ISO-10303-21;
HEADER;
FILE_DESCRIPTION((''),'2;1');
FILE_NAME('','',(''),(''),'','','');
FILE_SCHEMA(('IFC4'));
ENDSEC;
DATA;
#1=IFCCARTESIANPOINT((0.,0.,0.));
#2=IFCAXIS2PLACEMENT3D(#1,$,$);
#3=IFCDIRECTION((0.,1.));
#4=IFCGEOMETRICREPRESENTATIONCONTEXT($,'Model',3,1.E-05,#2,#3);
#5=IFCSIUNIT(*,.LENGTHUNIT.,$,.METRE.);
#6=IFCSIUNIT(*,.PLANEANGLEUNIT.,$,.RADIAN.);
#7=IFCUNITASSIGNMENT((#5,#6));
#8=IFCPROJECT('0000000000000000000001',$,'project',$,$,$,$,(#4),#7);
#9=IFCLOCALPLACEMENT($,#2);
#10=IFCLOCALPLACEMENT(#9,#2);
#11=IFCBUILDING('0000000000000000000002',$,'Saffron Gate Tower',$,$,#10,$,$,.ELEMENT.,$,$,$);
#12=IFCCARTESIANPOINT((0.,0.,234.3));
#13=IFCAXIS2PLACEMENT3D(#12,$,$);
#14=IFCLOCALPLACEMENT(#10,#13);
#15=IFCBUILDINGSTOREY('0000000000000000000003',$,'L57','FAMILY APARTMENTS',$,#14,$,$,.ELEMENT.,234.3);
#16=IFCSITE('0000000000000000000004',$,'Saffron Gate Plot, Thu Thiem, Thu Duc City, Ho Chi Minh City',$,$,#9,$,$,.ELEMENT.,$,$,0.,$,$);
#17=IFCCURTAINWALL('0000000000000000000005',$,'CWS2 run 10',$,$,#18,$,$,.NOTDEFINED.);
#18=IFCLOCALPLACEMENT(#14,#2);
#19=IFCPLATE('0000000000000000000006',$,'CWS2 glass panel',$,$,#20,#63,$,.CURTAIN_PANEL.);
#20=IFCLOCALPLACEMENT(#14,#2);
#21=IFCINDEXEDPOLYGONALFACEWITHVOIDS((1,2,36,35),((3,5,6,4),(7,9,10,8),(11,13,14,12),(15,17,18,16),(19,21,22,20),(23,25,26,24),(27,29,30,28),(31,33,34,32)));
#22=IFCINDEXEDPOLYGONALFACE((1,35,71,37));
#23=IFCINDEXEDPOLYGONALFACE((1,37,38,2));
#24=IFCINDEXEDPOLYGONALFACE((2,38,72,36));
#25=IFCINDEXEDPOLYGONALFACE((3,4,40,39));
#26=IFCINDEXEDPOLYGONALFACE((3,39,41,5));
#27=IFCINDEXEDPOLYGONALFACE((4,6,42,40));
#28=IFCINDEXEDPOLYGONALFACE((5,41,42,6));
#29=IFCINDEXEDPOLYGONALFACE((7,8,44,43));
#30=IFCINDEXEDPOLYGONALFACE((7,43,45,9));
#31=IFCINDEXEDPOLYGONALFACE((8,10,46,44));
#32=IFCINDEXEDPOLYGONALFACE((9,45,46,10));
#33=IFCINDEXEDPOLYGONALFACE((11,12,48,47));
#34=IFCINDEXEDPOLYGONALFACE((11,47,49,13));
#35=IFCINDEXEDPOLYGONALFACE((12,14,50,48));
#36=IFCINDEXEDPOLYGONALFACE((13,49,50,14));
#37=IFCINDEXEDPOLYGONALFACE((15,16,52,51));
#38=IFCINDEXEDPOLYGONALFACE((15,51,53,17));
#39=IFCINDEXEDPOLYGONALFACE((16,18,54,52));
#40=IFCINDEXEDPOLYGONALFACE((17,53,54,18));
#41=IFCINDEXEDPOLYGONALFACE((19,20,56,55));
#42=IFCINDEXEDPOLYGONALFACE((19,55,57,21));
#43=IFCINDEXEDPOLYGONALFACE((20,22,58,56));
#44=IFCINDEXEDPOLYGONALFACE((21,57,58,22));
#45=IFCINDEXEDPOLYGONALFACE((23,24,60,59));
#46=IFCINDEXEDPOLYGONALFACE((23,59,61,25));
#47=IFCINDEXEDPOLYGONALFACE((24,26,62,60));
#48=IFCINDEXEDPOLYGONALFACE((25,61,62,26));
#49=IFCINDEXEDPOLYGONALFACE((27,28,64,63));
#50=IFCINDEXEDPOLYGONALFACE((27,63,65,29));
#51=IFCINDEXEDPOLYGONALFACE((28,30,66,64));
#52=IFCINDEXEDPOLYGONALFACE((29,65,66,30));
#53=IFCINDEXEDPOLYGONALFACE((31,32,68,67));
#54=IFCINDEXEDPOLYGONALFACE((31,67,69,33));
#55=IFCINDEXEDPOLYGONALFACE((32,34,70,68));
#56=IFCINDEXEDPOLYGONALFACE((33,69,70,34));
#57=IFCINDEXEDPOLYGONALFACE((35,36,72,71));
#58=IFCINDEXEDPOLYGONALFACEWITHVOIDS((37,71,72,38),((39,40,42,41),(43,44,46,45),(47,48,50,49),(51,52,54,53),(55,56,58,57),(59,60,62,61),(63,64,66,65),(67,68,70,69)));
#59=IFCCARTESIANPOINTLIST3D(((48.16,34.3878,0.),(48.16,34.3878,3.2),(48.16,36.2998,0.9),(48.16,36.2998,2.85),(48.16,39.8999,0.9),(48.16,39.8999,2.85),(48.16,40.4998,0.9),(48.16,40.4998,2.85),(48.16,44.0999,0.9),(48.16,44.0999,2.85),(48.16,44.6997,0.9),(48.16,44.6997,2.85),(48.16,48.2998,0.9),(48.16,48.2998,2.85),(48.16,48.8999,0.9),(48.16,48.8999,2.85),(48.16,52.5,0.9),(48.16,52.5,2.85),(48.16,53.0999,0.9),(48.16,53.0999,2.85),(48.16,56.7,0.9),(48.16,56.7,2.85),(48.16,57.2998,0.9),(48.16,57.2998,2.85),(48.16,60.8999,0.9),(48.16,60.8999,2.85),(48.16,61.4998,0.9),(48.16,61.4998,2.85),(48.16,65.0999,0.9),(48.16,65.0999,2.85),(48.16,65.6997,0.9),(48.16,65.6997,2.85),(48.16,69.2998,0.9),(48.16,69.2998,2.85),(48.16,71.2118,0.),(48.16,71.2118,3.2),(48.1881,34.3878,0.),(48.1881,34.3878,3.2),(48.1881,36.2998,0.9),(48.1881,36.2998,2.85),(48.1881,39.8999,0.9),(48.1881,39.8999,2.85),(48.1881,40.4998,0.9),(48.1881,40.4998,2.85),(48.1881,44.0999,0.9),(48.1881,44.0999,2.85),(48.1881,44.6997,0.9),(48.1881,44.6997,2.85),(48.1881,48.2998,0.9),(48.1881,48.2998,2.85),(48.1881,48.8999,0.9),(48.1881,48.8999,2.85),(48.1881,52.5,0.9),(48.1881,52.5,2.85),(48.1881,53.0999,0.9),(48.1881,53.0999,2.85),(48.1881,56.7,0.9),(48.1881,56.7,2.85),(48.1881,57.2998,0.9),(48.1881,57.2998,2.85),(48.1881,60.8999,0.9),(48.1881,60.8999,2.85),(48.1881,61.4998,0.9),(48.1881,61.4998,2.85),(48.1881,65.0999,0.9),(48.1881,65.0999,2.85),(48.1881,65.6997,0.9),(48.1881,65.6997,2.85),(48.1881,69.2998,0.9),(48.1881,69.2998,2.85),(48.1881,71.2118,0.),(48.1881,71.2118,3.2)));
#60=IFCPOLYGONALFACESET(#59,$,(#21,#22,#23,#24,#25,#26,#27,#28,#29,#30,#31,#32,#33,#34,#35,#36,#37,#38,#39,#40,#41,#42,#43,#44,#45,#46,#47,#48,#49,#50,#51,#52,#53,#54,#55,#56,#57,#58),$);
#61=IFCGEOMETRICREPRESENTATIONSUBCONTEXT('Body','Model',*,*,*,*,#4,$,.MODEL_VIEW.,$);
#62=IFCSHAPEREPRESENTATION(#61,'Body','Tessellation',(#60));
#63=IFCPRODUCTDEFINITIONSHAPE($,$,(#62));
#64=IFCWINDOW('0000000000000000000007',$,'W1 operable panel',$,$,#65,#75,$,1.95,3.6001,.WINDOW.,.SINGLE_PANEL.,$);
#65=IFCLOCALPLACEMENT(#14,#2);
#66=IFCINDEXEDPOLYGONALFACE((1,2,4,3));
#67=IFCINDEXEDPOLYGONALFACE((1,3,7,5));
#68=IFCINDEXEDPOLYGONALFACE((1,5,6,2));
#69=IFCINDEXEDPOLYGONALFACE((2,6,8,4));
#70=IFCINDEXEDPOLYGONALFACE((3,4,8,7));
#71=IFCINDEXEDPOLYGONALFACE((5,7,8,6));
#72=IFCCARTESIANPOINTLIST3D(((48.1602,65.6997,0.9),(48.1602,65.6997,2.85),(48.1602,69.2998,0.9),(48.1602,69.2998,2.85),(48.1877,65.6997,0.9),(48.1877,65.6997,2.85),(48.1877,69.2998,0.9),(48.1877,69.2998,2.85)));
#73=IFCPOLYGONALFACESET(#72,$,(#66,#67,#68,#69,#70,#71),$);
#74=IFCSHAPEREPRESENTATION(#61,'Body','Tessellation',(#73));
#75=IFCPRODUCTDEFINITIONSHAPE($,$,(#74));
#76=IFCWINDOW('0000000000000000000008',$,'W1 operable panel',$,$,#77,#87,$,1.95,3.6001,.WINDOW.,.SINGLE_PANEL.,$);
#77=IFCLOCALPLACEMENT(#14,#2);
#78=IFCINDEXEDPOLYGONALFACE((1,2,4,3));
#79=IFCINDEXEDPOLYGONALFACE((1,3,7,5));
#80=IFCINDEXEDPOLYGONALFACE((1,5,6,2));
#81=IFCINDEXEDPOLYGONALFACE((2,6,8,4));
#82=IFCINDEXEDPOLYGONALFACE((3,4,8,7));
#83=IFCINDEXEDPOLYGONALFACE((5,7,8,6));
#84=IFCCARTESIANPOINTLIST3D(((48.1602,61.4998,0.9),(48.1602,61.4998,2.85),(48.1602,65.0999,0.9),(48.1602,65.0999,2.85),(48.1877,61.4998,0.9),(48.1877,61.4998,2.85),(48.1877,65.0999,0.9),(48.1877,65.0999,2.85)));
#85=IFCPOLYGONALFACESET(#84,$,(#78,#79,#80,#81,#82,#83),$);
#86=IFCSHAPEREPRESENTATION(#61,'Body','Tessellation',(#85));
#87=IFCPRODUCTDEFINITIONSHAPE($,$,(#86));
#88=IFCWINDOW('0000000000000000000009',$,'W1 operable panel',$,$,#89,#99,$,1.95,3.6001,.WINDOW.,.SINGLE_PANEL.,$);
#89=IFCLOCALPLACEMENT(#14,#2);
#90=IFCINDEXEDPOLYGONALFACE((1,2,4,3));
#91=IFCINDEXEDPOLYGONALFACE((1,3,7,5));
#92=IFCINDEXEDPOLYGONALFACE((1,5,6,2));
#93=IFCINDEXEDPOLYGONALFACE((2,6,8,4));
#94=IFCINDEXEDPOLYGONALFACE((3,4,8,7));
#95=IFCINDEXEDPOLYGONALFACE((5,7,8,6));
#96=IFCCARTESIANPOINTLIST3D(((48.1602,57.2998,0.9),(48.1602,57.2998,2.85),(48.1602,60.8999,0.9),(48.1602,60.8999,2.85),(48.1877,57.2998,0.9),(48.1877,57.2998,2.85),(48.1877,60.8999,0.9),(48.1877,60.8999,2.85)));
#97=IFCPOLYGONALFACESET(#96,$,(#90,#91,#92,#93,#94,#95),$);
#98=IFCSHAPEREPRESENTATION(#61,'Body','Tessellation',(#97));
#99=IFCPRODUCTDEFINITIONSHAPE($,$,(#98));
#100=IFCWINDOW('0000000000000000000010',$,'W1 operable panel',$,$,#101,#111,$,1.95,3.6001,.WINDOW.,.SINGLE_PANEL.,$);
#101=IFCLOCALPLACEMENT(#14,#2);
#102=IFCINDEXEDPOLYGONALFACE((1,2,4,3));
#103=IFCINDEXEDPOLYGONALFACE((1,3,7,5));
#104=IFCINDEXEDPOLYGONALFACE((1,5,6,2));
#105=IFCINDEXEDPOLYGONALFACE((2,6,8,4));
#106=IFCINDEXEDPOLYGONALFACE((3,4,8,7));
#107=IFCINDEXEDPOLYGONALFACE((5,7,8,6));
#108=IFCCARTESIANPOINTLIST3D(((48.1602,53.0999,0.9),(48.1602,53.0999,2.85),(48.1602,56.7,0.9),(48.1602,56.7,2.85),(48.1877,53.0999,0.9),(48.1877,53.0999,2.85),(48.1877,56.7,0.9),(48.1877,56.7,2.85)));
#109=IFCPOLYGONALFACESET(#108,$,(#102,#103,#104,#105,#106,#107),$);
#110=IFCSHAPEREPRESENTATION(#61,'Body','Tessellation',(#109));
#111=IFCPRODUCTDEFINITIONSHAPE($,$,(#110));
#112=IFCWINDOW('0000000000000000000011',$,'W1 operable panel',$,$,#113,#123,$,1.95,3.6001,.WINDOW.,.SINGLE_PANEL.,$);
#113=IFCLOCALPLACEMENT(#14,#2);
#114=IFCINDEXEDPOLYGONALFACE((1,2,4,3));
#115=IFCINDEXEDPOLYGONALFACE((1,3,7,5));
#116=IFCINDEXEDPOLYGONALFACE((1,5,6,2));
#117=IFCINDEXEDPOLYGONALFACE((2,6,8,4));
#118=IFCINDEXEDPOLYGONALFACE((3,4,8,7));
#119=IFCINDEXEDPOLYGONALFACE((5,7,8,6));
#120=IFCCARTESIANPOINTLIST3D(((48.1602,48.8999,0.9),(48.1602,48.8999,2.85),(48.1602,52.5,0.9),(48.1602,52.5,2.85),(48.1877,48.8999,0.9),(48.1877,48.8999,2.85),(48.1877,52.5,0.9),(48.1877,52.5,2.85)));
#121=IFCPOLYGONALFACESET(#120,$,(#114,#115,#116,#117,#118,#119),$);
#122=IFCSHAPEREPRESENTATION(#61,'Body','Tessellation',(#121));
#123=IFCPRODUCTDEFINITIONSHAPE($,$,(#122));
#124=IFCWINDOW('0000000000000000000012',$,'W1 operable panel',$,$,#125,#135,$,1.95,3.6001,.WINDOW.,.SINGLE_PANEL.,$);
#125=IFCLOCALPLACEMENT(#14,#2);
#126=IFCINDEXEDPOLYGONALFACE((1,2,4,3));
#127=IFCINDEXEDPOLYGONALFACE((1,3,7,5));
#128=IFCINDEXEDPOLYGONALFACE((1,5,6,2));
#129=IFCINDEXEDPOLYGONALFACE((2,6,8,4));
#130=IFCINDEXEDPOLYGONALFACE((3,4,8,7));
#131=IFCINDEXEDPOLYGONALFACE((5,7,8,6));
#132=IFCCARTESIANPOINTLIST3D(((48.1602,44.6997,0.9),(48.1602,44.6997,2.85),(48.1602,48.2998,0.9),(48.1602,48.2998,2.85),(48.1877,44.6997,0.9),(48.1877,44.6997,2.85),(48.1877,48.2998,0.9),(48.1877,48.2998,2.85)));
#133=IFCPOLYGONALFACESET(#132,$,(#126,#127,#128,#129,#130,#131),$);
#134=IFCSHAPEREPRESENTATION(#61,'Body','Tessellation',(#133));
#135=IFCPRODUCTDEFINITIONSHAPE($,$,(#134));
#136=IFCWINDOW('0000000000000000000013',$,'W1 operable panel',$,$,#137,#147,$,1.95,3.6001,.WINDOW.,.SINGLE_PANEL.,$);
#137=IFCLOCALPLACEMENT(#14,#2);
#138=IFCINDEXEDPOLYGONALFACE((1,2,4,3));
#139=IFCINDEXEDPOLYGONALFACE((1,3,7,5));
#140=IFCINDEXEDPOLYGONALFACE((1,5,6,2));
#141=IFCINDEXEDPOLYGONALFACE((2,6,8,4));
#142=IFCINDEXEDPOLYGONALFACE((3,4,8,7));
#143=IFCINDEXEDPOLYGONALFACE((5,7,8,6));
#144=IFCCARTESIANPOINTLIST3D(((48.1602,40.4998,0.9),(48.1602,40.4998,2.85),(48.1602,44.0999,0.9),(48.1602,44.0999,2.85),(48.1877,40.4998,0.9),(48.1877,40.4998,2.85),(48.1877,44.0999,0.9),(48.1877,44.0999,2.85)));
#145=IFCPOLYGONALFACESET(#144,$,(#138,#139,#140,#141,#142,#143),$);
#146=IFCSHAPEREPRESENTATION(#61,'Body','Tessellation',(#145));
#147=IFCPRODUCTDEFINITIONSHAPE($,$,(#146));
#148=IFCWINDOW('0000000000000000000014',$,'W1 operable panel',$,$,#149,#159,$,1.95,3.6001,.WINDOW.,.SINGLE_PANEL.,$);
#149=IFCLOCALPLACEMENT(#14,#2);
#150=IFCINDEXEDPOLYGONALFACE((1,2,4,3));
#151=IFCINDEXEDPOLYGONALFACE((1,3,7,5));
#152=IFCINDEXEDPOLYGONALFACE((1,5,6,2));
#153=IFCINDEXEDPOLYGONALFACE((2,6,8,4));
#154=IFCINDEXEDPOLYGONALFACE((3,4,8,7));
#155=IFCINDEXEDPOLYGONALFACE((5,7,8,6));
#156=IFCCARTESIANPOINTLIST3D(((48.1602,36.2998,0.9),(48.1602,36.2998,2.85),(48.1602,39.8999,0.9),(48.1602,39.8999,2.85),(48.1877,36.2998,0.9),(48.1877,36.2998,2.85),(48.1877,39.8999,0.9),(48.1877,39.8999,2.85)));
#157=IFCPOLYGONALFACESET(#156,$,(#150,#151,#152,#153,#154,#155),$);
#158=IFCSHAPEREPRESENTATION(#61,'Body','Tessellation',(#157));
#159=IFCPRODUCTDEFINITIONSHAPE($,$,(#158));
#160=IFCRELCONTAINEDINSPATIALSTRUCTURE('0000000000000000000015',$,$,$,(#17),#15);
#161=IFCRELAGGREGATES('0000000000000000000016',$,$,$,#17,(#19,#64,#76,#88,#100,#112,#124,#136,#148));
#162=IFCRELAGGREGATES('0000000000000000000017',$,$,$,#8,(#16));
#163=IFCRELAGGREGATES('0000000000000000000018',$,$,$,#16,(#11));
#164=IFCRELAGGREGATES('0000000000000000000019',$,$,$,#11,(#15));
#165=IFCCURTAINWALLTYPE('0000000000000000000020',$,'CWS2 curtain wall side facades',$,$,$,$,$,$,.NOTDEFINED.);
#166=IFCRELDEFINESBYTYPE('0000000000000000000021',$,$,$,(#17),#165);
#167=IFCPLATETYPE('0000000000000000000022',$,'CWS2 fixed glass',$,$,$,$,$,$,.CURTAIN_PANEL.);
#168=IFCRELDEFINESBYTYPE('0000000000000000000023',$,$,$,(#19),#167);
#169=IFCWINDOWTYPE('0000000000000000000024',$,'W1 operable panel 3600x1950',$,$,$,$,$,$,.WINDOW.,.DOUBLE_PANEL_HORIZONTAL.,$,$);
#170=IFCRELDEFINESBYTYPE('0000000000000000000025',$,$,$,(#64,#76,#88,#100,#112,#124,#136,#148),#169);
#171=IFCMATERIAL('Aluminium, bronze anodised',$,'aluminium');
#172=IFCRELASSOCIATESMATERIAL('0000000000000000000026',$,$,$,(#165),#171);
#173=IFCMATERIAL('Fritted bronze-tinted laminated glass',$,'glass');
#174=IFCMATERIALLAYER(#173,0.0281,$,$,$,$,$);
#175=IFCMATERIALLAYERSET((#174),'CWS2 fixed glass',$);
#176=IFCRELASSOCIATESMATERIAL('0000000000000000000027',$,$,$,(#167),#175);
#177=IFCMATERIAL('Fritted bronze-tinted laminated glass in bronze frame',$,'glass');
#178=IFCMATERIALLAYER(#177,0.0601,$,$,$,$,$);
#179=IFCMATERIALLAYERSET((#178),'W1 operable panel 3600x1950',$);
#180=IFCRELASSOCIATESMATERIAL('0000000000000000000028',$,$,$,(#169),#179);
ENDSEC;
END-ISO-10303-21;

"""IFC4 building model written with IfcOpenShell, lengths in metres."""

from ifc_helpers import new_model, si_unit, direction, frame, frame_2d, origin, place, context, subcontext, project, spatial, rectangle, extrude, material, layer, layer_set, type_object, element, fill, aggregate, save


model = new_model("IFC4")

# Units and contexts
model_context = context("Model", 3, precision=1e-05, world=origin(), true_north=direction((0.0, 1.0)))
body_context = subcontext(model_context, "Body", "Model", "MODEL_VIEW")
ifc_project = project(units=[si_unit("LENGTHUNIT", "METRE"), si_unit("PLANEANGLEUNIT", "RADIAN")], contexts=[model_context])

# Site, building, storey
site_placement = place(None, origin())
site = spatial("IfcSite", under=ifc_project, at=site_placement, Name="Saffron Gate Plot, Thu Thiem, Thu Duc City, Ho Chi Minh City", CompositionType="ELEMENT", RefElevation=0.0)
building_placement = place(site_placement, origin())
building = spatial("IfcBuilding", under=site, at=building_placement, Name="Saffron Gate Tower", CompositionType="ELEMENT")
storey_placement = place(building_placement, frame((0.0, 0.0, 234.3)))
storey = spatial("IfcBuildingStorey", under=building, at=storey_placement, Name="L57", Description="FAMILY APARTMENTS", CompositionType="ELEMENT", Elevation=234.3)

# Curtain wall
ifc_material_1 = material(Name="Aluminium, bronze anodised", Category="aluminium")
curtain_wall_type_1 = type_object("IfcCurtainWallType", Name="CWS2 curtain wall side facades", PredefinedType="NOTDEFINED", material=ifc_material_1)
curtain_wall_1_placement = place(storey_placement, origin())
curtain_wall_1 = element("IfcCurtainWall", 1, at=curtain_wall_1_placement, inside=storey, type_object=curtain_wall_type_1, Name="CWS2 run 10", PredefinedType="NOTDEFINED")

# Plate, openings, windows
ifc_material_2 = material(Name="Fritted bronze-tinted laminated glass", Category="glass")
ifc_layer_1 = layer(ifc_material_2, 0.0281)
ifc_layer_set_1 = layer_set([ifc_layer_1], Name="CWS2 fixed glass")
plate_type_1 = type_object("IfcPlateType", Name="CWS2 fixed glass", PredefinedType="CURTAIN_PANEL", material=ifc_layer_set_1)
plate_1_placement = place(storey_placement, frame((48.1741, 71.2119, 0.0), z_axis=(0.0, 0.0, 1.0), x_axis=(0.0, -1.0, 0.0)))
plate_1 = element("IfcPlate", 2, at=plate_1_placement, type_object=plate_type_1, Name="CWS2 glass panel", PredefinedType="CURTAIN_PANEL", context=body_context, shape_type="SweptSolid", body=[
    extrude(rectangle(XDim=36.824, YDim=0.0281, at=frame_2d((18.4121, 0.0))), origin(), (0.0, 0.0, 1.0), 3.2),
])
opening_1_placement = place(plate_1_placement, frame((1.9121, 0.0, 0.8999)))
opening_1 = element("IfcOpeningElement", 3, at=opening_1_placement, cuts=plate_1, PredefinedType="OPENING", context=body_context, shape_type="SweptSolid", body=[
    extrude(rectangle(XDim=3.6001, YDim=1.95, at=frame_2d((1.8, 0.9751))), frame((0.0, 0.0239, 0.0), z_axis=(0.0, -1.0, 0.0), x_axis=(1.0, 0.0, 0.0)), (0.0, 0.0, 1.0), 0.0481),
])
opening_2_placement = place(plate_1_placement, frame((6.1121, 0.0, 0.8999)))
opening_2 = element("IfcOpeningElement", 4, at=opening_2_placement, cuts=plate_1, PredefinedType="OPENING", context=body_context, shape_type="SweptSolid", body=[
    extrude(rectangle(XDim=3.6001, YDim=1.95, at=frame_2d((1.8, 0.9751))), frame((0.0, 0.0239, 0.0), z_axis=(0.0, -1.0, 0.0), x_axis=(1.0, 0.0, 0.0)), (0.0, 0.0, 1.0), 0.0481),
])
opening_3_placement = place(plate_1_placement, frame((10.312, 0.0, 0.8999)))
opening_3 = element("IfcOpeningElement", 5, at=opening_3_placement, cuts=plate_1, PredefinedType="OPENING", context=body_context, shape_type="SweptSolid", body=[
    extrude(rectangle(XDim=3.6001, YDim=1.95, at=frame_2d((1.8, 0.9751))), frame((0.0, 0.0239, 0.0), z_axis=(0.0, -1.0, 0.0), x_axis=(1.0, 0.0, 0.0)), (0.0, 0.0, 1.0), 0.0481),
])
opening_4_placement = place(plate_1_placement, frame((14.512, 0.0, 0.8999)))
opening_4 = element("IfcOpeningElement", 6, at=opening_4_placement, cuts=plate_1, PredefinedType="OPENING", context=body_context, shape_type="SweptSolid", body=[
    extrude(rectangle(XDim=3.6001, YDim=1.95, at=frame_2d((1.8, 0.9751))), frame((0.0, 0.0239, 0.0), z_axis=(0.0, -1.0, 0.0), x_axis=(1.0, 0.0, 0.0)), (0.0, 0.0, 1.0), 0.0481),
])
opening_5_placement = place(plate_1_placement, frame((18.7119, 0.0, 0.8999)))
opening_5 = element("IfcOpeningElement", 7, at=opening_5_placement, cuts=plate_1, PredefinedType="OPENING", context=body_context, shape_type="SweptSolid", body=[
    extrude(rectangle(XDim=3.6001, YDim=1.95, at=frame_2d((1.8, 0.9751))), frame((0.0, 0.0239, 0.0), z_axis=(0.0, -1.0, 0.0), x_axis=(1.0, 0.0, 0.0)), (0.0, 0.0, 1.0), 0.0481),
])
opening_6_placement = place(plate_1_placement, frame((22.9121, 0.0, 0.8999)))
opening_6 = element("IfcOpeningElement", 8, at=opening_6_placement, cuts=plate_1, PredefinedType="OPENING", context=body_context, shape_type="SweptSolid", body=[
    extrude(rectangle(XDim=3.6001, YDim=1.95, at=frame_2d((1.8, 0.9751))), frame((0.0, 0.0239, 0.0), z_axis=(0.0, -1.0, 0.0), x_axis=(1.0, 0.0, 0.0)), (0.0, 0.0, 1.0), 0.0481),
])
opening_7_placement = place(plate_1_placement, frame((27.1121, 0.0, 0.8999)))
opening_7 = element("IfcOpeningElement", 9, at=opening_7_placement, cuts=plate_1, PredefinedType="OPENING", context=body_context, shape_type="SweptSolid", body=[
    extrude(rectangle(XDim=3.6001, YDim=1.95, at=frame_2d((1.8, 0.9751))), frame((0.0, 0.0239, 0.0), z_axis=(0.0, -1.0, 0.0), x_axis=(1.0, 0.0, 0.0)), (0.0, 0.0, 1.0), 0.0481),
])
opening_8_placement = place(plate_1_placement, frame((31.312, 0.0, 0.8999)))
opening_8 = element("IfcOpeningElement", 10, at=opening_8_placement, cuts=plate_1, PredefinedType="OPENING", context=body_context, shape_type="SweptSolid", body=[
    extrude(rectangle(XDim=3.6001, YDim=1.95, at=frame_2d((1.8, 0.9751))), frame((0.0, 0.0239, 0.0), z_axis=(0.0, -1.0, 0.0), x_axis=(1.0, 0.0, 0.0)), (0.0, 0.0, 1.0), 0.0481),
])
ifc_material_3 = material(Name="Fritted bronze-tinted laminated glass in bronze frame", Category="glass")
ifc_layer_2 = layer(ifc_material_3, 0.0601)
ifc_layer_set_2 = layer_set([ifc_layer_2], Name="W1 operable panel 3600x1950")
window_type = type_object("IfcWindowType", Name="W1 operable panel 3600x1950", PartitioningType="DOUBLE_PANEL_HORIZONTAL", PredefinedType="WINDOW", material=ifc_layer_set_2)
window_1_placement = place(opening_1_placement, origin())
window_1 = element("IfcWindow", 11, at=window_1_placement, type_object=window_type, Name="W1 operable panel", OverallHeight=1.95, OverallWidth=3.6001, PartitioningType="SINGLE_PANEL", PredefinedType="WINDOW", context=body_context, shape_type="SweptSolid", body=[
    extrude(rectangle(XDim=3.6001, YDim=1.95, at=frame_2d((1.8, 0.9751))), frame((0.0, 0.0137, 0.0), z_axis=(0.0, -1.0, 0.0), x_axis=(1.0, 0.0, 0.0)), (0.0, 0.0, 1.0), 0.0276),
])
fill(opening_1, window_1)
window_2_placement = place(opening_2_placement, origin())
window_2 = element("IfcWindow", 12, at=window_2_placement, type_object=window_type, Name="W1 operable panel", OverallHeight=1.95, OverallWidth=3.6001, PartitioningType="SINGLE_PANEL", PredefinedType="WINDOW", context=body_context, shape_type="SweptSolid", body=[
    extrude(rectangle(XDim=3.6001, YDim=1.95, at=frame_2d((1.8, 0.9751))), frame((0.0, 0.0137, 0.0), z_axis=(0.0, -1.0, 0.0), x_axis=(1.0, 0.0, 0.0)), (0.0, 0.0, 1.0), 0.0276),
])
fill(opening_2, window_2)
window_3_placement = place(opening_3_placement, origin())
window_3 = element("IfcWindow", 13, at=window_3_placement, type_object=window_type, Name="W1 operable panel", OverallHeight=1.95, OverallWidth=3.6001, PartitioningType="SINGLE_PANEL", PredefinedType="WINDOW", context=body_context, shape_type="SweptSolid", body=[
    extrude(rectangle(XDim=3.6001, YDim=1.95, at=frame_2d((1.8, 0.9751))), frame((0.0, 0.0137, 0.0), z_axis=(0.0, -1.0, 0.0), x_axis=(1.0, 0.0, 0.0)), (0.0, 0.0, 1.0), 0.0276),
])
fill(opening_3, window_3)
window_4_placement = place(opening_4_placement, origin())
window_4 = element("IfcWindow", 14, at=window_4_placement, type_object=window_type, Name="W1 operable panel", OverallHeight=1.95, OverallWidth=3.6001, PartitioningType="SINGLE_PANEL", PredefinedType="WINDOW", context=body_context, shape_type="SweptSolid", body=[
    extrude(rectangle(XDim=3.6001, YDim=1.95, at=frame_2d((1.8, 0.9751))), frame((0.0, 0.0137, 0.0), z_axis=(0.0, -1.0, 0.0), x_axis=(1.0, 0.0, 0.0)), (0.0, 0.0, 1.0), 0.0276),
])
fill(opening_4, window_4)
window_5_placement = place(opening_5_placement, origin())
window_5 = element("IfcWindow", 15, at=window_5_placement, type_object=window_type, Name="W1 operable panel", OverallHeight=1.95, OverallWidth=3.6001, PartitioningType="SINGLE_PANEL", PredefinedType="WINDOW", context=body_context, shape_type="SweptSolid", body=[
    extrude(rectangle(XDim=3.6001, YDim=1.95, at=frame_2d((1.8, 0.9751))), frame((0.0, 0.0137, 0.0), z_axis=(0.0, -1.0, 0.0), x_axis=(1.0, 0.0, 0.0)), (0.0, 0.0, 1.0), 0.0276),
])
fill(opening_5, window_5)
window_6_placement = place(opening_6_placement, origin())
window_6 = element("IfcWindow", 16, at=window_6_placement, type_object=window_type, Name="W1 operable panel", OverallHeight=1.95, OverallWidth=3.6001, PartitioningType="SINGLE_PANEL", PredefinedType="WINDOW", context=body_context, shape_type="SweptSolid", body=[
    extrude(rectangle(XDim=3.6001, YDim=1.95, at=frame_2d((1.8, 0.9751))), frame((0.0, 0.0137, 0.0), z_axis=(0.0, -1.0, 0.0), x_axis=(1.0, 0.0, 0.0)), (0.0, 0.0, 1.0), 0.0276),
])
fill(opening_6, window_6)
window_7_placement = place(opening_7_placement, origin())
window_7 = element("IfcWindow", 17, at=window_7_placement, type_object=window_type, Name="W1 operable panel", OverallHeight=1.95, OverallWidth=3.6001, PartitioningType="SINGLE_PANEL", PredefinedType="WINDOW", context=body_context, shape_type="SweptSolid", body=[
    extrude(rectangle(XDim=3.6001, YDim=1.95, at=frame_2d((1.8, 0.9751))), frame((0.0, 0.0137, 0.0), z_axis=(0.0, -1.0, 0.0), x_axis=(1.0, 0.0, 0.0)), (0.0, 0.0, 1.0), 0.0276),
])
fill(opening_7, window_7)
window_8_placement = place(opening_8_placement, origin())
window_8 = element("IfcWindow", 18, at=window_8_placement, type_object=window_type, Name="W1 operable panel", OverallHeight=1.95, OverallWidth=3.6001, PartitioningType="SINGLE_PANEL", PredefinedType="WINDOW", context=body_context, shape_type="SweptSolid", body=[
    extrude(rectangle(XDim=3.6001, YDim=1.95, at=frame_2d((1.8, 0.9751))), frame((0.0, 0.0137, 0.0), z_axis=(0.0, -1.0, 0.0), x_axis=(1.0, 0.0, 0.0)), (0.0, 0.0, 1.0), 0.0276),
])
fill(opening_8, window_8)
aggregate(curtain_wall_1, [plate_1, window_1, window_2, window_3, window_4, window_5, window_6, window_7, window_8])

save(model, "model.ifc")
